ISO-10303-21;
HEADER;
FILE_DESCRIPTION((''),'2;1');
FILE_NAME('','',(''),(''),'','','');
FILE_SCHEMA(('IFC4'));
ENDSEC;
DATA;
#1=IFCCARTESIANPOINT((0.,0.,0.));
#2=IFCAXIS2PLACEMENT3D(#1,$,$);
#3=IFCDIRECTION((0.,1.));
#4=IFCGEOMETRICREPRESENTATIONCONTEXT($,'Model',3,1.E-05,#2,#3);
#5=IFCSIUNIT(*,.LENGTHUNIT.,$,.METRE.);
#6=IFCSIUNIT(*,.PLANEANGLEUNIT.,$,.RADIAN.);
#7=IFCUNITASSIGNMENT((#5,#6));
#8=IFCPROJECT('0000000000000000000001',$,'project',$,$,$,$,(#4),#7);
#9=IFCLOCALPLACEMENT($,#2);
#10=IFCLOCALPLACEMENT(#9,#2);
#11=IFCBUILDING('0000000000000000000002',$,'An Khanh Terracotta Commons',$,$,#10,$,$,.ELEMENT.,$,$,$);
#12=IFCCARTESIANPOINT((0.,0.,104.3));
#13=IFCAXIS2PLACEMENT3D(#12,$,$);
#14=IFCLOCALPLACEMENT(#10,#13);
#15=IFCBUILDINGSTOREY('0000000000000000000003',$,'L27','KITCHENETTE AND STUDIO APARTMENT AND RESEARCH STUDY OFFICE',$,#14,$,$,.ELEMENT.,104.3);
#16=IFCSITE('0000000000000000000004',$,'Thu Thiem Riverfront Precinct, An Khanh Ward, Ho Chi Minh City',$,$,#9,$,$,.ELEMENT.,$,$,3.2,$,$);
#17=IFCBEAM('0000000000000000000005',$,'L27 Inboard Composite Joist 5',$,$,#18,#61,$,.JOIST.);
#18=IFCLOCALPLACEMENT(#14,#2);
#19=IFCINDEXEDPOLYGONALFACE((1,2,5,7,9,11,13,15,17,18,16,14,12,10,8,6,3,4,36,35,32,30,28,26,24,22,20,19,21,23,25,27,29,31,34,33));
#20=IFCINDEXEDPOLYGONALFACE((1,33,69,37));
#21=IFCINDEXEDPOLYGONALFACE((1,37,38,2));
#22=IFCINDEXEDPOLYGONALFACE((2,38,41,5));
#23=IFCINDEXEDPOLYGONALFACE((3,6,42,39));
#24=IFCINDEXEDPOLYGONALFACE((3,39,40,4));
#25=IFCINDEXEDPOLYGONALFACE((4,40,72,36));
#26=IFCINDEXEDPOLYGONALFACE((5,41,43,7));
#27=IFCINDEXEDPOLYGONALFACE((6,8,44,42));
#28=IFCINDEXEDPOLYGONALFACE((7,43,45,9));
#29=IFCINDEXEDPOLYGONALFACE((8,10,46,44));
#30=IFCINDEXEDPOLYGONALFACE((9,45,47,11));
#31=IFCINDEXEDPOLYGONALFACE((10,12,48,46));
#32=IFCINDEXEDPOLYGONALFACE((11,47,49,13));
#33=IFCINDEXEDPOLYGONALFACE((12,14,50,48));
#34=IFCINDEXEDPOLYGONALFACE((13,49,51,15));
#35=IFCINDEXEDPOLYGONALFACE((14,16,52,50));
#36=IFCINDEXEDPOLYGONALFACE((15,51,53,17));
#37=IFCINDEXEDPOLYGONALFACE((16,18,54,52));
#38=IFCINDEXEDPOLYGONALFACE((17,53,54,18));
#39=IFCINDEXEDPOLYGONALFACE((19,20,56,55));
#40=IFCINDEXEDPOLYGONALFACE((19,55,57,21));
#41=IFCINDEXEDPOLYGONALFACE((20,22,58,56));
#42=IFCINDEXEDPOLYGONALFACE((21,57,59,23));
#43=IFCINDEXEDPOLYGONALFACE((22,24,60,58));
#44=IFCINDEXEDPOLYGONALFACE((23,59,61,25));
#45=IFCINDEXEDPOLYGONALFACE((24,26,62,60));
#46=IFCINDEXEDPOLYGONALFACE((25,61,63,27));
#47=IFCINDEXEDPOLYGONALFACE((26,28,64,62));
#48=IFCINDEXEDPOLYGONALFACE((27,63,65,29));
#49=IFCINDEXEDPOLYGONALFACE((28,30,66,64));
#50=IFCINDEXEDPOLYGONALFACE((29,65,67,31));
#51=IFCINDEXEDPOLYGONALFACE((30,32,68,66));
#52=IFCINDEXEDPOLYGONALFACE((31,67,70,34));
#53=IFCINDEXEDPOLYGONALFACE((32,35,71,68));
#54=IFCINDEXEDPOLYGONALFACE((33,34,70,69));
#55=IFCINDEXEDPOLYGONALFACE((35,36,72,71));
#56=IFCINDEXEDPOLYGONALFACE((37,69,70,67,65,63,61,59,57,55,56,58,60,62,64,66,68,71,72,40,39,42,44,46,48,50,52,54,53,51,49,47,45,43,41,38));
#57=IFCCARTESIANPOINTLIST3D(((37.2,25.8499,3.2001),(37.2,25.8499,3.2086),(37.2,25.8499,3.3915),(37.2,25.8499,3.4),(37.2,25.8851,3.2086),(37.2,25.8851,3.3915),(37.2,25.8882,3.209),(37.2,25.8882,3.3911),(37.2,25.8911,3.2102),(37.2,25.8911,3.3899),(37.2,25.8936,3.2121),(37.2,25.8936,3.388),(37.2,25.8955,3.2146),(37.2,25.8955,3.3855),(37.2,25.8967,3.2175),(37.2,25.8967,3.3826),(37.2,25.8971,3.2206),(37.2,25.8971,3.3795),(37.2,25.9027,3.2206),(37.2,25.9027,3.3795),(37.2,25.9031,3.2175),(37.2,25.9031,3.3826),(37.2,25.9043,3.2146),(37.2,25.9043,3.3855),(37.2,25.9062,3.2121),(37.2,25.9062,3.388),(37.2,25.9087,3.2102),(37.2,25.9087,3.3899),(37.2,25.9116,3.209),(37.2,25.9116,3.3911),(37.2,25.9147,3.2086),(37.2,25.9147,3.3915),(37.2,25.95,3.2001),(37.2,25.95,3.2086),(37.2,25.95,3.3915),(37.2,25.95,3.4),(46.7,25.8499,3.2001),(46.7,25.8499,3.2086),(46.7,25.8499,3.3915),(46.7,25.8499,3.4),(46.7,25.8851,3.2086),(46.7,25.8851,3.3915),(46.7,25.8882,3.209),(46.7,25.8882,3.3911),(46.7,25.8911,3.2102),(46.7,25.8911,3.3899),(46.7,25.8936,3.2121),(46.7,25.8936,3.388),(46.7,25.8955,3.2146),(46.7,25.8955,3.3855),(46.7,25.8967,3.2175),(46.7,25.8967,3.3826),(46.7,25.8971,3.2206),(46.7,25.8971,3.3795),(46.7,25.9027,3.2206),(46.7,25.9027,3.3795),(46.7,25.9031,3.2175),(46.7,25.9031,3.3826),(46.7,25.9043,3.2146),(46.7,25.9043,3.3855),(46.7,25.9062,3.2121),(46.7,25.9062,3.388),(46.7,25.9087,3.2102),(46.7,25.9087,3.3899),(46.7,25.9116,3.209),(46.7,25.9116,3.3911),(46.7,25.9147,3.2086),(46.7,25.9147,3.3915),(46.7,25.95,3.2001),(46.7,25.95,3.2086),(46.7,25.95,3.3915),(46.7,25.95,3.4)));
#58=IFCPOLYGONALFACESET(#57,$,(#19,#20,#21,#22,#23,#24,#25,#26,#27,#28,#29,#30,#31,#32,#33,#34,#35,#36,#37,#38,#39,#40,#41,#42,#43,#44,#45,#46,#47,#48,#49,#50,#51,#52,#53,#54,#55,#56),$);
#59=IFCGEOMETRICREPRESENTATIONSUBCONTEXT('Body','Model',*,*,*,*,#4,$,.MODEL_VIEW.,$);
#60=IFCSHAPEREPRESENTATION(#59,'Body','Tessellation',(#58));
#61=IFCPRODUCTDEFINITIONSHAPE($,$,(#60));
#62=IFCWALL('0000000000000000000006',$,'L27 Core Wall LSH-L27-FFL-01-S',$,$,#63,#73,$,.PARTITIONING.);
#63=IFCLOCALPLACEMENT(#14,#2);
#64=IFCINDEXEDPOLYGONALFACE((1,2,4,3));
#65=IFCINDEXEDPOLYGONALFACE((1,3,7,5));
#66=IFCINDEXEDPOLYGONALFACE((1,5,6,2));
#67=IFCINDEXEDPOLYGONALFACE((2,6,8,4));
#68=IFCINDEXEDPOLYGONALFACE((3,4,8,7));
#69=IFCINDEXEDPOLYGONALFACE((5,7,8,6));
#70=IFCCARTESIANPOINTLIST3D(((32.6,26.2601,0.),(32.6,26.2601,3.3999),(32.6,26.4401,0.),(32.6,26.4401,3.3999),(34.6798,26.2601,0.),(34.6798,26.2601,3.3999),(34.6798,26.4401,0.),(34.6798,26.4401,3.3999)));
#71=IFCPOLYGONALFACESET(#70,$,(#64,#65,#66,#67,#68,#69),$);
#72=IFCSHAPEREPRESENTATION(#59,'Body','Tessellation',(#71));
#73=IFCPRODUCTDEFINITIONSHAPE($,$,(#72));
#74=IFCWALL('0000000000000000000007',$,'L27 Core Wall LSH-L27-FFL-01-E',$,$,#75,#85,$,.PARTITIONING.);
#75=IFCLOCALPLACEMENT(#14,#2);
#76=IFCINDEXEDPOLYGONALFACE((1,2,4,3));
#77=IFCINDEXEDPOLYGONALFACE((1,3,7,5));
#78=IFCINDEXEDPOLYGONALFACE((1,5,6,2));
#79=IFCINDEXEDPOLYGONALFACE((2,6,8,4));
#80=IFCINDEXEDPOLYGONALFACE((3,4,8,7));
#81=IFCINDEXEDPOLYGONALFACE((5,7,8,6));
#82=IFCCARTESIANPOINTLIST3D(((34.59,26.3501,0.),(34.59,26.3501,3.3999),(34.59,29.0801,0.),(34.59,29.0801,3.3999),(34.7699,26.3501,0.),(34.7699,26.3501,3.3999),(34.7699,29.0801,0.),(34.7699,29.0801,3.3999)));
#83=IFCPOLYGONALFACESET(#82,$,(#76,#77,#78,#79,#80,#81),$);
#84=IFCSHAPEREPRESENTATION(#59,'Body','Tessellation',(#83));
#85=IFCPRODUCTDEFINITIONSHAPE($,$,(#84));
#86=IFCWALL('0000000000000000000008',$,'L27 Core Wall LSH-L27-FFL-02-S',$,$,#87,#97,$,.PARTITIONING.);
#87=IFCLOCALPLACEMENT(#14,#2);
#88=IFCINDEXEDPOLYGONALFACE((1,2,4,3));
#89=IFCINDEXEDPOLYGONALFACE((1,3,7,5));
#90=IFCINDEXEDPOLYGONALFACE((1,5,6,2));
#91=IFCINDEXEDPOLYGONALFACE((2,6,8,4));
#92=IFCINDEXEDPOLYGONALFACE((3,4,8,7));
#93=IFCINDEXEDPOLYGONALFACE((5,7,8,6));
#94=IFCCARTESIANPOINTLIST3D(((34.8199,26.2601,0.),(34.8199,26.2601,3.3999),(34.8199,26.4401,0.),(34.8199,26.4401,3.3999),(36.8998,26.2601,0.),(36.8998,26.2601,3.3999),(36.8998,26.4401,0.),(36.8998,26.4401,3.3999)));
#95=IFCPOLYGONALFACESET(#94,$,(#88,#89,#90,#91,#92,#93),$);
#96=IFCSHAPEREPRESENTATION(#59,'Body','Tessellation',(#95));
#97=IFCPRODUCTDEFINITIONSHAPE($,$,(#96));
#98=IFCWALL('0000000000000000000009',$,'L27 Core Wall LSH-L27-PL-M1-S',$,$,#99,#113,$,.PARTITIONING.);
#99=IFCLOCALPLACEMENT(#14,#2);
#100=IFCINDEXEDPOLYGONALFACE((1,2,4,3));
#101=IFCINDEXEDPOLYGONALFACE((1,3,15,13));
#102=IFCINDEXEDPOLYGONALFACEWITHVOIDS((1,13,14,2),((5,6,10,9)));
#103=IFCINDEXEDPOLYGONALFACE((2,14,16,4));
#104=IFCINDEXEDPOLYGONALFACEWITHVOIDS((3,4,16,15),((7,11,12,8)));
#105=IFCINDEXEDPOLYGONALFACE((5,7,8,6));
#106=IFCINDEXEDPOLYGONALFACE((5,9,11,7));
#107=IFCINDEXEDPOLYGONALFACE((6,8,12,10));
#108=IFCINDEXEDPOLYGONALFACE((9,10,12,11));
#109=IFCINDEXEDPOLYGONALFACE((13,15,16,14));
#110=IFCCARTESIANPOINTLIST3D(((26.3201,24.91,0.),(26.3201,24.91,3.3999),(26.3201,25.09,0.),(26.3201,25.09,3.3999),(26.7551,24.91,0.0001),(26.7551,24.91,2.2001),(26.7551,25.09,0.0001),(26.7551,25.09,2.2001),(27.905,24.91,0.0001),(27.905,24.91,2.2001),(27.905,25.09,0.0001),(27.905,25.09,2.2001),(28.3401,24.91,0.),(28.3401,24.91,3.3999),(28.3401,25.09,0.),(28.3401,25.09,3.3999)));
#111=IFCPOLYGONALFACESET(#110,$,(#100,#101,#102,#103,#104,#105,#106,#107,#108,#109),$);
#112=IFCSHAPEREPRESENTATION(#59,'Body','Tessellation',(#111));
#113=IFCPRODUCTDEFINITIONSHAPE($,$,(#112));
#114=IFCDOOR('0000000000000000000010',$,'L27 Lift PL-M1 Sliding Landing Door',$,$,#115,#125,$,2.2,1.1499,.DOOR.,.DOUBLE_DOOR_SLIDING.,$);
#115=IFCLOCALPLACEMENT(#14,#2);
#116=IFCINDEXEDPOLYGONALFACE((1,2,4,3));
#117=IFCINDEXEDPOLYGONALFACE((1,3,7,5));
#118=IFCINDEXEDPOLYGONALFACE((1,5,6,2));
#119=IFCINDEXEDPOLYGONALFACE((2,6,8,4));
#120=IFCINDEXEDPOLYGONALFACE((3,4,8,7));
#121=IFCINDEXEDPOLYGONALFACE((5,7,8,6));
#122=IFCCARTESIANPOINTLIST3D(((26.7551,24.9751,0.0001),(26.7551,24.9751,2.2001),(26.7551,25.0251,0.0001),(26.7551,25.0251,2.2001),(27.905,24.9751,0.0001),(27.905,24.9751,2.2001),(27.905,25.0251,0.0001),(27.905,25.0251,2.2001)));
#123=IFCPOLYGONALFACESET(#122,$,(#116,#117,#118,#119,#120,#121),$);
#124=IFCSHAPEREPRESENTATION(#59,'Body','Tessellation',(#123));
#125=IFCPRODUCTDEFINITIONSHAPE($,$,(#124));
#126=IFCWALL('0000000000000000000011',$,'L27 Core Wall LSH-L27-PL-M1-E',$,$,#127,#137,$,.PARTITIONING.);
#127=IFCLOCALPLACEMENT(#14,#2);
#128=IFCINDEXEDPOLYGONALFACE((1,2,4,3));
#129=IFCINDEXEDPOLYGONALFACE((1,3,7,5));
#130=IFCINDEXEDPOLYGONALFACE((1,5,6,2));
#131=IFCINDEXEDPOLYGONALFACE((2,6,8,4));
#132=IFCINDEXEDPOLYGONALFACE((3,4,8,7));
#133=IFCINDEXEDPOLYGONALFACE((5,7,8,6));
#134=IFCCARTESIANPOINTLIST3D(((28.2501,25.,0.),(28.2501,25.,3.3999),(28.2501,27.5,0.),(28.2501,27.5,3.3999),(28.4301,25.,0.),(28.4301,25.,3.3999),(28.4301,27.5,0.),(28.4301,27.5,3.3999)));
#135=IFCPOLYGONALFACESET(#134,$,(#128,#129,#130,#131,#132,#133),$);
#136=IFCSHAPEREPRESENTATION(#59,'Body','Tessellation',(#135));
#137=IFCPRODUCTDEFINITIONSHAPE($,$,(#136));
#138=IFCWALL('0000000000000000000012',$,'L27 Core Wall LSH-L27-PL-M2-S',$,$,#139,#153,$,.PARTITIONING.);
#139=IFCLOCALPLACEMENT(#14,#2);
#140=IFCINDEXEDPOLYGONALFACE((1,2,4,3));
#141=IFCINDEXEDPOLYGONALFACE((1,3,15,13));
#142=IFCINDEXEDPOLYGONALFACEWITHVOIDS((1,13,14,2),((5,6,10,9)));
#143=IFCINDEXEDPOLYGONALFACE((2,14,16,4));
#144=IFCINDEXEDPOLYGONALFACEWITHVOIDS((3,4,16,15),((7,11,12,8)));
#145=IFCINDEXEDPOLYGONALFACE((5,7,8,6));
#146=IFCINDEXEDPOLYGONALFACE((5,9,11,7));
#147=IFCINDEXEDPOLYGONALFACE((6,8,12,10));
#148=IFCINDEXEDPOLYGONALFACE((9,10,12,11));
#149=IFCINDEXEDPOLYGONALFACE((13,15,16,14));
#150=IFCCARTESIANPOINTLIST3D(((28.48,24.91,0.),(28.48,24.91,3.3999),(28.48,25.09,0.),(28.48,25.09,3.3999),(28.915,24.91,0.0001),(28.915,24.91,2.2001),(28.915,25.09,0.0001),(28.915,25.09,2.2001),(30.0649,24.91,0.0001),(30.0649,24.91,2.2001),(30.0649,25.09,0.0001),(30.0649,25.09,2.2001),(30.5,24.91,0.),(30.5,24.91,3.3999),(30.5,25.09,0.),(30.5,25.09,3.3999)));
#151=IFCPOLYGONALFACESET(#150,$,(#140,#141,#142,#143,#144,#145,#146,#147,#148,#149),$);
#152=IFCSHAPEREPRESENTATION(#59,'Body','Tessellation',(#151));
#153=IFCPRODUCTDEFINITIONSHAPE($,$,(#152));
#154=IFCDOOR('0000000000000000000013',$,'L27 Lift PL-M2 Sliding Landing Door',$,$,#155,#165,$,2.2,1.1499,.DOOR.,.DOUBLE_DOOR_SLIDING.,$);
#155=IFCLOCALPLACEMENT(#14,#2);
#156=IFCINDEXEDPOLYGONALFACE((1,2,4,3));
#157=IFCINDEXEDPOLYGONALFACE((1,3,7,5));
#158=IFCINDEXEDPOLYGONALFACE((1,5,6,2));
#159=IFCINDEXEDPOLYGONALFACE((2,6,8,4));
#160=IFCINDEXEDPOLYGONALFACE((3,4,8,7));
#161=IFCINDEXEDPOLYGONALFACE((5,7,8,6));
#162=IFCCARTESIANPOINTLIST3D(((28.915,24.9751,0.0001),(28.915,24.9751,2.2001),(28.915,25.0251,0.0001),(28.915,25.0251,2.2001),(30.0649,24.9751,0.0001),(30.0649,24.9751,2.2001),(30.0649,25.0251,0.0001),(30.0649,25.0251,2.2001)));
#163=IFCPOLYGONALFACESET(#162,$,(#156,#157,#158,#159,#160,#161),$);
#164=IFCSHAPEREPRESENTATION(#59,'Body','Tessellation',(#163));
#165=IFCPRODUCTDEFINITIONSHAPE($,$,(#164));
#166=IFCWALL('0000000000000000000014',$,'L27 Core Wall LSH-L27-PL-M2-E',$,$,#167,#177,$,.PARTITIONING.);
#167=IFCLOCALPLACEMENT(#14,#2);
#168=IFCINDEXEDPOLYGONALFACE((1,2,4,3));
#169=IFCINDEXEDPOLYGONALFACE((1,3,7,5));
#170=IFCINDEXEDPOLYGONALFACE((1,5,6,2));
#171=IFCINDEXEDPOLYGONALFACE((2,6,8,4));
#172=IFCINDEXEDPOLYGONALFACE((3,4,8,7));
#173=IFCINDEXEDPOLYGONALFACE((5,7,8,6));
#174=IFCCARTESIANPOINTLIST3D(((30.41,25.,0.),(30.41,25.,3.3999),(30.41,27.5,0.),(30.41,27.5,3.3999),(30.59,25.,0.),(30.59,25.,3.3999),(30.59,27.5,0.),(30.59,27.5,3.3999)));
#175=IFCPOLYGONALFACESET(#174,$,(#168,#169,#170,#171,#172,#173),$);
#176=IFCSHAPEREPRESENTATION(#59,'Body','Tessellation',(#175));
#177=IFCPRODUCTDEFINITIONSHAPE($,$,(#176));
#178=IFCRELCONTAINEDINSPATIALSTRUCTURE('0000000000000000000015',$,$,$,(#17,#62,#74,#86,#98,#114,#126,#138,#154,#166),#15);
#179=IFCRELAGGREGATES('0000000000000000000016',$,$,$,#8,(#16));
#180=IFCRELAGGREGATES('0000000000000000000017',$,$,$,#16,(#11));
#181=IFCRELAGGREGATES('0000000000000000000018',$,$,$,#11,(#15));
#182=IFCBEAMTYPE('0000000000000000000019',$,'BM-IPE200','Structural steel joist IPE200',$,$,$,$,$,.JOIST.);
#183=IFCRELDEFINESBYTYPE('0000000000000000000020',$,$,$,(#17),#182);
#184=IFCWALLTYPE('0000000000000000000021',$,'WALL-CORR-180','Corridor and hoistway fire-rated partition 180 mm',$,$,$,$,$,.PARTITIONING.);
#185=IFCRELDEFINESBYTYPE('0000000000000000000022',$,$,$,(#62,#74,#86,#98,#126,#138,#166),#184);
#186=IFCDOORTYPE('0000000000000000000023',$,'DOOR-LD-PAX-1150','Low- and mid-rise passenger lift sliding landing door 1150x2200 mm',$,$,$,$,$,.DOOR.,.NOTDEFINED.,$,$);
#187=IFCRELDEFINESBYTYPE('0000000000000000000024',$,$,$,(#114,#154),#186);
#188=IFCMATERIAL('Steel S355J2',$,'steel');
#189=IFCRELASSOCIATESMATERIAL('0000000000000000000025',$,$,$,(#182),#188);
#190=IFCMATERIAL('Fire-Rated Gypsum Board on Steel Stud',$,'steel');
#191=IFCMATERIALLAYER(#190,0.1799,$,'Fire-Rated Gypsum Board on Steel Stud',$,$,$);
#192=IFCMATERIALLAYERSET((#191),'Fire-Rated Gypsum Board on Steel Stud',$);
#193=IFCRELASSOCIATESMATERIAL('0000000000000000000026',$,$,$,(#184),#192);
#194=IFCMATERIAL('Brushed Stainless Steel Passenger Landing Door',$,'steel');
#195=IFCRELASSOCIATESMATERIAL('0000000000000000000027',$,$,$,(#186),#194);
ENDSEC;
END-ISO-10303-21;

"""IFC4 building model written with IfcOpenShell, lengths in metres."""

from ifc_helpers import new_model, si_unit, direction, frame, frame_2d, origin, origin_2d, place, context, subcontext, project, spatial, rectangle, i_section, extrude, material, layer, layer_set, material_profile, profile_set, type_object, element, fill, save


model = new_model("IFC4")

# Units and contexts
model_context = context("Model", 3, precision=1e-05, world=origin(), true_north=direction((0.0, 1.0)))
body_context = subcontext(model_context, "Body", "Model", "MODEL_VIEW")
ifc_project = project(units=[si_unit("LENGTHUNIT", "METRE"), si_unit("PLANEANGLEUNIT", "RADIAN")], contexts=[model_context])

# Site, building, storey
site_placement = place(None, origin())
site = spatial("IfcSite", under=ifc_project, at=site_placement, Name="Thu Thiem Riverfront Precinct, An Khanh Ward, Ho Chi Minh City", CompositionType="ELEMENT", RefElevation=3.2)
building_placement = place(site_placement, origin())
building = spatial("IfcBuilding", under=site, at=building_placement, Name="An Khanh Terracotta Commons", CompositionType="ELEMENT")
storey_placement = place(building_placement, frame((0.0, 0.0, 104.3)))
storey = spatial("IfcBuildingStorey", under=building, at=storey_placement, Name="L27", Description="KITCHENETTE AND STUDIO APARTMENT AND RESEARCH STUDY OFFICE", CompositionType="ELEMENT", Elevation=104.3)

# Beam
ifc_material_1 = material(Name="Steel S355J2", Category="steel")
ifc_material_profile_1 = material_profile(ifc_material_1, i_section(OverallWidth=0.1001, OverallDepth=0.2, WebThickness=0.0056, FlangeThickness=0.0085, FilletRadius=0.012, at=origin_2d()), Name="IPE200")
ifc_profile_set_1 = profile_set([ifc_material_profile_1], Name="Steel S355J2")
beam_type_1 = type_object("IfcBeamType", Name="BM-IPE200", Description="Structural steel joist IPE200", PredefinedType="JOIST", material=ifc_profile_set_1)
for number, where, z_axis, x_axis, name in (
    (1, (37.2, 25.8999, 3.3), (1.0, 0.0, 0.0), (0.0, 1.0, 0.0), "L27 Inboard Composite Joist 5"),
):
    element("IfcBeam", number, at=place(storey_placement, frame(where, z_axis=z_axis, x_axis=x_axis)), inside=storey, type_object=beam_type_1, Name=name, PredefinedType="JOIST", context=body_context, shape_type="SweptSolid", body=[
        extrude(i_section(OverallWidth=0.1001, OverallDepth=0.2, WebThickness=0.0056, FlangeThickness=0.0085, FilletRadius=0.012, at=origin_2d()), origin(), (0.0, 0.0, 1.0), 9.5),
    ])

# Walls
ifc_material_2 = material(Name="Fire-Rated Gypsum Board on Steel Stud", Category="steel")
ifc_layer = layer(ifc_material_2, 0.1799, Name="Fire-Rated Gypsum Board on Steel Stud")
ifc_layer_set = layer_set([ifc_layer], Name="Fire-Rated Gypsum Board on Steel Stud")
wall_type = type_object("IfcWallType", Name="WALL-CORR-180", Description="Corridor and hoistway fire-rated partition 180 mm", PredefinedType="PARTITIONING", material=ifc_layer_set)
wall_1_placement = place(storey_placement, frame((34.6799, 26.3501, 0.0), z_axis=(0.0, 0.0, 1.0), x_axis=(-1.0, 0.0, 0.0)))
element("IfcWall", 2, at=wall_1_placement, inside=storey, type_object=wall_type, Name="L27 Core Wall LSH-L27-FFL-01-S", PredefinedType="PARTITIONING", context=body_context, shape_type="SweptSolid", body=[
    extrude(rectangle(XDim=2.0798, YDim=0.1799, at=frame_2d((1.04, 0.0))), origin(), (0.0, 0.0, 1.0), 3.3999),
])
wall_2_placement = place(storey_placement, frame((34.6799, 26.3501, 0.0), z_axis=(0.0, 0.0, 1.0), x_axis=(0.0, 1.0, 0.0)))
element("IfcWall", 3, at=wall_2_placement, inside=storey, type_object=wall_type, Name="L27 Core Wall LSH-L27-FFL-01-E", PredefinedType="PARTITIONING", context=body_context, shape_type="SweptSolid", body=[
    extrude(rectangle(XDim=2.73, YDim=0.1799, at=frame_2d((1.365, 0.0))), origin(), (0.0, 0.0, 1.0), 3.3999),
])
wall_3_placement = place(storey_placement, frame((36.8999, 26.3501, 0.0), z_axis=(0.0, 0.0, 1.0), x_axis=(-1.0, 0.0, 0.0)))
element("IfcWall", 4, at=wall_3_placement, inside=storey, type_object=wall_type, Name="L27 Core Wall LSH-L27-FFL-02-S", PredefinedType="PARTITIONING", context=body_context, shape_type="SweptSolid", body=[
    extrude(rectangle(XDim=2.0798, YDim=0.1799, at=frame_2d((1.04, 0.0))), origin(), (0.0, 0.0, 1.0), 3.3999),
])

# Wall, opening, door
wall_4_placement = place(storey_placement, frame((28.3401, 25.0, 0.0), z_axis=(0.0, 0.0, 1.0), x_axis=(-1.0, 0.0, 0.0)))
wall_4 = element("IfcWall", 5, at=wall_4_placement, inside=storey, type_object=wall_type, Name="L27 Core Wall LSH-L27-PL-M1-S", PredefinedType="PARTITIONING", context=body_context, shape_type="SweptSolid", body=[
    extrude(rectangle(XDim=2.02, YDim=0.1799, at=frame_2d((1.01, 0.0))), origin(), (0.0, 0.0, 1.0), 3.3999),
])
opening_1_placement = place(wall_4_placement, frame((0.4351, 0.0, 0.0)))
opening_1 = element("IfcOpeningElement", 6, at=opening_1_placement, cuts=wall_4, PredefinedType="OPENING", context=body_context, shape_type="SweptSolid", body=[
    extrude(rectangle(XDim=1.1499, YDim=2.2, at=frame_2d((0.575, 1.1001))), frame((0.0, 0.0999, 0.0), z_axis=(0.0, -1.0, 0.0), x_axis=(1.0, 0.0, 0.0)), (0.0, 0.0, 1.0), 0.2),
])
ifc_material_3 = material(Name="Brushed Stainless Steel Passenger Landing Door", Category="steel")
door_type = type_object("IfcDoorType", Name="DOOR-LD-PAX-1150", Description="Low- and mid-rise passenger lift sliding landing door 1150x2200 mm", OperationType="NOTDEFINED", PredefinedType="DOOR", material=ifc_material_3)
door_1_placement = place(opening_1_placement, origin())
door_1 = element("IfcDoor", 7, at=door_1_placement, inside=storey, type_object=door_type, Name="L27 Lift PL-M1 Sliding Landing Door", OperationType="DOUBLE_DOOR_SLIDING", OverallHeight=2.2, OverallWidth=1.1499, PredefinedType="DOOR", context=body_context, shape_type="SweptSolid", body=[
    extrude(rectangle(XDim=1.1499, YDim=2.2, at=frame_2d((0.575, 1.1001))), frame((0.0, 0.0249, 0.0), z_axis=(0.0, -1.0, 0.0), x_axis=(1.0, 0.0, 0.0)), (0.0, 0.0, 1.0), 0.05),
])
fill(opening_1, door_1)

# Wall
wall_5_placement = place(storey_placement, frame((28.3401, 25.0, 0.0), z_axis=(0.0, 0.0, 1.0), x_axis=(0.0, 1.0, 0.0)))
element("IfcWall", 8, at=wall_5_placement, inside=storey, type_object=wall_type, Name="L27 Core Wall LSH-L27-PL-M1-E", PredefinedType="PARTITIONING", context=body_context, shape_type="SweptSolid", body=[
    extrude(rectangle(XDim=2.5, YDim=0.1799, at=frame_2d((1.25, 0.0))), origin(), (0.0, 0.0, 1.0), 3.3999),
])

# Wall, opening, door
wall_6_placement = place(storey_placement, frame((30.5, 25.0, 0.0), z_axis=(0.0, 0.0, 1.0), x_axis=(-1.0, 0.0, 0.0)))
wall_6 = element("IfcWall", 9, at=wall_6_placement, inside=storey, type_object=wall_type, Name="L27 Core Wall LSH-L27-PL-M2-S", PredefinedType="PARTITIONING", context=body_context, shape_type="SweptSolid", body=[
    extrude(rectangle(XDim=2.02, YDim=0.1799, at=frame_2d((1.01, 0.0))), origin(), (0.0, 0.0, 1.0), 3.3999),
])
opening_2_placement = place(wall_6_placement, frame((0.4351, 0.0, 0.0)))
opening_2 = element("IfcOpeningElement", 10, at=opening_2_placement, cuts=wall_6, PredefinedType="OPENING", context=body_context, shape_type="SweptSolid", body=[
    extrude(rectangle(XDim=1.1499, YDim=2.2, at=frame_2d((0.575, 1.1001))), frame((0.0, 0.0999, 0.0), z_axis=(0.0, -1.0, 0.0), x_axis=(1.0, 0.0, 0.0)), (0.0, 0.0, 1.0), 0.2),
])
door_2_placement = place(opening_2_placement, origin())
door_2 = element("IfcDoor", 11, at=door_2_placement, inside=storey, type_object=door_type, Name="L27 Lift PL-M2 Sliding Landing Door", OperationType="DOUBLE_DOOR_SLIDING", OverallHeight=2.2, OverallWidth=1.1499, PredefinedType="DOOR", context=body_context, shape_type="SweptSolid", body=[
    extrude(rectangle(XDim=1.1499, YDim=2.2, at=frame_2d((0.575, 1.1001))), frame((0.0, 0.0249, 0.0), z_axis=(0.0, -1.0, 0.0), x_axis=(1.0, 0.0, 0.0)), (0.0, 0.0, 1.0), 0.05),
])
fill(opening_2, door_2)

# Wall
wall_7_placement = place(storey_placement, frame((30.5, 25.0, 0.0), z_axis=(0.0, 0.0, 1.0), x_axis=(0.0, 1.0, 0.0)))
element("IfcWall", 12, at=wall_7_placement, inside=storey, type_object=wall_type, Name="L27 Core Wall LSH-L27-PL-M2-E", PredefinedType="PARTITIONING", context=body_context, shape_type="SweptSolid", body=[
    extrude(rectangle(XDim=2.5, YDim=0.1799, at=frame_2d((1.25, 0.0))), origin(), (0.0, 0.0, 1.0), 3.3999),
])

save(model, "model.ifc")
